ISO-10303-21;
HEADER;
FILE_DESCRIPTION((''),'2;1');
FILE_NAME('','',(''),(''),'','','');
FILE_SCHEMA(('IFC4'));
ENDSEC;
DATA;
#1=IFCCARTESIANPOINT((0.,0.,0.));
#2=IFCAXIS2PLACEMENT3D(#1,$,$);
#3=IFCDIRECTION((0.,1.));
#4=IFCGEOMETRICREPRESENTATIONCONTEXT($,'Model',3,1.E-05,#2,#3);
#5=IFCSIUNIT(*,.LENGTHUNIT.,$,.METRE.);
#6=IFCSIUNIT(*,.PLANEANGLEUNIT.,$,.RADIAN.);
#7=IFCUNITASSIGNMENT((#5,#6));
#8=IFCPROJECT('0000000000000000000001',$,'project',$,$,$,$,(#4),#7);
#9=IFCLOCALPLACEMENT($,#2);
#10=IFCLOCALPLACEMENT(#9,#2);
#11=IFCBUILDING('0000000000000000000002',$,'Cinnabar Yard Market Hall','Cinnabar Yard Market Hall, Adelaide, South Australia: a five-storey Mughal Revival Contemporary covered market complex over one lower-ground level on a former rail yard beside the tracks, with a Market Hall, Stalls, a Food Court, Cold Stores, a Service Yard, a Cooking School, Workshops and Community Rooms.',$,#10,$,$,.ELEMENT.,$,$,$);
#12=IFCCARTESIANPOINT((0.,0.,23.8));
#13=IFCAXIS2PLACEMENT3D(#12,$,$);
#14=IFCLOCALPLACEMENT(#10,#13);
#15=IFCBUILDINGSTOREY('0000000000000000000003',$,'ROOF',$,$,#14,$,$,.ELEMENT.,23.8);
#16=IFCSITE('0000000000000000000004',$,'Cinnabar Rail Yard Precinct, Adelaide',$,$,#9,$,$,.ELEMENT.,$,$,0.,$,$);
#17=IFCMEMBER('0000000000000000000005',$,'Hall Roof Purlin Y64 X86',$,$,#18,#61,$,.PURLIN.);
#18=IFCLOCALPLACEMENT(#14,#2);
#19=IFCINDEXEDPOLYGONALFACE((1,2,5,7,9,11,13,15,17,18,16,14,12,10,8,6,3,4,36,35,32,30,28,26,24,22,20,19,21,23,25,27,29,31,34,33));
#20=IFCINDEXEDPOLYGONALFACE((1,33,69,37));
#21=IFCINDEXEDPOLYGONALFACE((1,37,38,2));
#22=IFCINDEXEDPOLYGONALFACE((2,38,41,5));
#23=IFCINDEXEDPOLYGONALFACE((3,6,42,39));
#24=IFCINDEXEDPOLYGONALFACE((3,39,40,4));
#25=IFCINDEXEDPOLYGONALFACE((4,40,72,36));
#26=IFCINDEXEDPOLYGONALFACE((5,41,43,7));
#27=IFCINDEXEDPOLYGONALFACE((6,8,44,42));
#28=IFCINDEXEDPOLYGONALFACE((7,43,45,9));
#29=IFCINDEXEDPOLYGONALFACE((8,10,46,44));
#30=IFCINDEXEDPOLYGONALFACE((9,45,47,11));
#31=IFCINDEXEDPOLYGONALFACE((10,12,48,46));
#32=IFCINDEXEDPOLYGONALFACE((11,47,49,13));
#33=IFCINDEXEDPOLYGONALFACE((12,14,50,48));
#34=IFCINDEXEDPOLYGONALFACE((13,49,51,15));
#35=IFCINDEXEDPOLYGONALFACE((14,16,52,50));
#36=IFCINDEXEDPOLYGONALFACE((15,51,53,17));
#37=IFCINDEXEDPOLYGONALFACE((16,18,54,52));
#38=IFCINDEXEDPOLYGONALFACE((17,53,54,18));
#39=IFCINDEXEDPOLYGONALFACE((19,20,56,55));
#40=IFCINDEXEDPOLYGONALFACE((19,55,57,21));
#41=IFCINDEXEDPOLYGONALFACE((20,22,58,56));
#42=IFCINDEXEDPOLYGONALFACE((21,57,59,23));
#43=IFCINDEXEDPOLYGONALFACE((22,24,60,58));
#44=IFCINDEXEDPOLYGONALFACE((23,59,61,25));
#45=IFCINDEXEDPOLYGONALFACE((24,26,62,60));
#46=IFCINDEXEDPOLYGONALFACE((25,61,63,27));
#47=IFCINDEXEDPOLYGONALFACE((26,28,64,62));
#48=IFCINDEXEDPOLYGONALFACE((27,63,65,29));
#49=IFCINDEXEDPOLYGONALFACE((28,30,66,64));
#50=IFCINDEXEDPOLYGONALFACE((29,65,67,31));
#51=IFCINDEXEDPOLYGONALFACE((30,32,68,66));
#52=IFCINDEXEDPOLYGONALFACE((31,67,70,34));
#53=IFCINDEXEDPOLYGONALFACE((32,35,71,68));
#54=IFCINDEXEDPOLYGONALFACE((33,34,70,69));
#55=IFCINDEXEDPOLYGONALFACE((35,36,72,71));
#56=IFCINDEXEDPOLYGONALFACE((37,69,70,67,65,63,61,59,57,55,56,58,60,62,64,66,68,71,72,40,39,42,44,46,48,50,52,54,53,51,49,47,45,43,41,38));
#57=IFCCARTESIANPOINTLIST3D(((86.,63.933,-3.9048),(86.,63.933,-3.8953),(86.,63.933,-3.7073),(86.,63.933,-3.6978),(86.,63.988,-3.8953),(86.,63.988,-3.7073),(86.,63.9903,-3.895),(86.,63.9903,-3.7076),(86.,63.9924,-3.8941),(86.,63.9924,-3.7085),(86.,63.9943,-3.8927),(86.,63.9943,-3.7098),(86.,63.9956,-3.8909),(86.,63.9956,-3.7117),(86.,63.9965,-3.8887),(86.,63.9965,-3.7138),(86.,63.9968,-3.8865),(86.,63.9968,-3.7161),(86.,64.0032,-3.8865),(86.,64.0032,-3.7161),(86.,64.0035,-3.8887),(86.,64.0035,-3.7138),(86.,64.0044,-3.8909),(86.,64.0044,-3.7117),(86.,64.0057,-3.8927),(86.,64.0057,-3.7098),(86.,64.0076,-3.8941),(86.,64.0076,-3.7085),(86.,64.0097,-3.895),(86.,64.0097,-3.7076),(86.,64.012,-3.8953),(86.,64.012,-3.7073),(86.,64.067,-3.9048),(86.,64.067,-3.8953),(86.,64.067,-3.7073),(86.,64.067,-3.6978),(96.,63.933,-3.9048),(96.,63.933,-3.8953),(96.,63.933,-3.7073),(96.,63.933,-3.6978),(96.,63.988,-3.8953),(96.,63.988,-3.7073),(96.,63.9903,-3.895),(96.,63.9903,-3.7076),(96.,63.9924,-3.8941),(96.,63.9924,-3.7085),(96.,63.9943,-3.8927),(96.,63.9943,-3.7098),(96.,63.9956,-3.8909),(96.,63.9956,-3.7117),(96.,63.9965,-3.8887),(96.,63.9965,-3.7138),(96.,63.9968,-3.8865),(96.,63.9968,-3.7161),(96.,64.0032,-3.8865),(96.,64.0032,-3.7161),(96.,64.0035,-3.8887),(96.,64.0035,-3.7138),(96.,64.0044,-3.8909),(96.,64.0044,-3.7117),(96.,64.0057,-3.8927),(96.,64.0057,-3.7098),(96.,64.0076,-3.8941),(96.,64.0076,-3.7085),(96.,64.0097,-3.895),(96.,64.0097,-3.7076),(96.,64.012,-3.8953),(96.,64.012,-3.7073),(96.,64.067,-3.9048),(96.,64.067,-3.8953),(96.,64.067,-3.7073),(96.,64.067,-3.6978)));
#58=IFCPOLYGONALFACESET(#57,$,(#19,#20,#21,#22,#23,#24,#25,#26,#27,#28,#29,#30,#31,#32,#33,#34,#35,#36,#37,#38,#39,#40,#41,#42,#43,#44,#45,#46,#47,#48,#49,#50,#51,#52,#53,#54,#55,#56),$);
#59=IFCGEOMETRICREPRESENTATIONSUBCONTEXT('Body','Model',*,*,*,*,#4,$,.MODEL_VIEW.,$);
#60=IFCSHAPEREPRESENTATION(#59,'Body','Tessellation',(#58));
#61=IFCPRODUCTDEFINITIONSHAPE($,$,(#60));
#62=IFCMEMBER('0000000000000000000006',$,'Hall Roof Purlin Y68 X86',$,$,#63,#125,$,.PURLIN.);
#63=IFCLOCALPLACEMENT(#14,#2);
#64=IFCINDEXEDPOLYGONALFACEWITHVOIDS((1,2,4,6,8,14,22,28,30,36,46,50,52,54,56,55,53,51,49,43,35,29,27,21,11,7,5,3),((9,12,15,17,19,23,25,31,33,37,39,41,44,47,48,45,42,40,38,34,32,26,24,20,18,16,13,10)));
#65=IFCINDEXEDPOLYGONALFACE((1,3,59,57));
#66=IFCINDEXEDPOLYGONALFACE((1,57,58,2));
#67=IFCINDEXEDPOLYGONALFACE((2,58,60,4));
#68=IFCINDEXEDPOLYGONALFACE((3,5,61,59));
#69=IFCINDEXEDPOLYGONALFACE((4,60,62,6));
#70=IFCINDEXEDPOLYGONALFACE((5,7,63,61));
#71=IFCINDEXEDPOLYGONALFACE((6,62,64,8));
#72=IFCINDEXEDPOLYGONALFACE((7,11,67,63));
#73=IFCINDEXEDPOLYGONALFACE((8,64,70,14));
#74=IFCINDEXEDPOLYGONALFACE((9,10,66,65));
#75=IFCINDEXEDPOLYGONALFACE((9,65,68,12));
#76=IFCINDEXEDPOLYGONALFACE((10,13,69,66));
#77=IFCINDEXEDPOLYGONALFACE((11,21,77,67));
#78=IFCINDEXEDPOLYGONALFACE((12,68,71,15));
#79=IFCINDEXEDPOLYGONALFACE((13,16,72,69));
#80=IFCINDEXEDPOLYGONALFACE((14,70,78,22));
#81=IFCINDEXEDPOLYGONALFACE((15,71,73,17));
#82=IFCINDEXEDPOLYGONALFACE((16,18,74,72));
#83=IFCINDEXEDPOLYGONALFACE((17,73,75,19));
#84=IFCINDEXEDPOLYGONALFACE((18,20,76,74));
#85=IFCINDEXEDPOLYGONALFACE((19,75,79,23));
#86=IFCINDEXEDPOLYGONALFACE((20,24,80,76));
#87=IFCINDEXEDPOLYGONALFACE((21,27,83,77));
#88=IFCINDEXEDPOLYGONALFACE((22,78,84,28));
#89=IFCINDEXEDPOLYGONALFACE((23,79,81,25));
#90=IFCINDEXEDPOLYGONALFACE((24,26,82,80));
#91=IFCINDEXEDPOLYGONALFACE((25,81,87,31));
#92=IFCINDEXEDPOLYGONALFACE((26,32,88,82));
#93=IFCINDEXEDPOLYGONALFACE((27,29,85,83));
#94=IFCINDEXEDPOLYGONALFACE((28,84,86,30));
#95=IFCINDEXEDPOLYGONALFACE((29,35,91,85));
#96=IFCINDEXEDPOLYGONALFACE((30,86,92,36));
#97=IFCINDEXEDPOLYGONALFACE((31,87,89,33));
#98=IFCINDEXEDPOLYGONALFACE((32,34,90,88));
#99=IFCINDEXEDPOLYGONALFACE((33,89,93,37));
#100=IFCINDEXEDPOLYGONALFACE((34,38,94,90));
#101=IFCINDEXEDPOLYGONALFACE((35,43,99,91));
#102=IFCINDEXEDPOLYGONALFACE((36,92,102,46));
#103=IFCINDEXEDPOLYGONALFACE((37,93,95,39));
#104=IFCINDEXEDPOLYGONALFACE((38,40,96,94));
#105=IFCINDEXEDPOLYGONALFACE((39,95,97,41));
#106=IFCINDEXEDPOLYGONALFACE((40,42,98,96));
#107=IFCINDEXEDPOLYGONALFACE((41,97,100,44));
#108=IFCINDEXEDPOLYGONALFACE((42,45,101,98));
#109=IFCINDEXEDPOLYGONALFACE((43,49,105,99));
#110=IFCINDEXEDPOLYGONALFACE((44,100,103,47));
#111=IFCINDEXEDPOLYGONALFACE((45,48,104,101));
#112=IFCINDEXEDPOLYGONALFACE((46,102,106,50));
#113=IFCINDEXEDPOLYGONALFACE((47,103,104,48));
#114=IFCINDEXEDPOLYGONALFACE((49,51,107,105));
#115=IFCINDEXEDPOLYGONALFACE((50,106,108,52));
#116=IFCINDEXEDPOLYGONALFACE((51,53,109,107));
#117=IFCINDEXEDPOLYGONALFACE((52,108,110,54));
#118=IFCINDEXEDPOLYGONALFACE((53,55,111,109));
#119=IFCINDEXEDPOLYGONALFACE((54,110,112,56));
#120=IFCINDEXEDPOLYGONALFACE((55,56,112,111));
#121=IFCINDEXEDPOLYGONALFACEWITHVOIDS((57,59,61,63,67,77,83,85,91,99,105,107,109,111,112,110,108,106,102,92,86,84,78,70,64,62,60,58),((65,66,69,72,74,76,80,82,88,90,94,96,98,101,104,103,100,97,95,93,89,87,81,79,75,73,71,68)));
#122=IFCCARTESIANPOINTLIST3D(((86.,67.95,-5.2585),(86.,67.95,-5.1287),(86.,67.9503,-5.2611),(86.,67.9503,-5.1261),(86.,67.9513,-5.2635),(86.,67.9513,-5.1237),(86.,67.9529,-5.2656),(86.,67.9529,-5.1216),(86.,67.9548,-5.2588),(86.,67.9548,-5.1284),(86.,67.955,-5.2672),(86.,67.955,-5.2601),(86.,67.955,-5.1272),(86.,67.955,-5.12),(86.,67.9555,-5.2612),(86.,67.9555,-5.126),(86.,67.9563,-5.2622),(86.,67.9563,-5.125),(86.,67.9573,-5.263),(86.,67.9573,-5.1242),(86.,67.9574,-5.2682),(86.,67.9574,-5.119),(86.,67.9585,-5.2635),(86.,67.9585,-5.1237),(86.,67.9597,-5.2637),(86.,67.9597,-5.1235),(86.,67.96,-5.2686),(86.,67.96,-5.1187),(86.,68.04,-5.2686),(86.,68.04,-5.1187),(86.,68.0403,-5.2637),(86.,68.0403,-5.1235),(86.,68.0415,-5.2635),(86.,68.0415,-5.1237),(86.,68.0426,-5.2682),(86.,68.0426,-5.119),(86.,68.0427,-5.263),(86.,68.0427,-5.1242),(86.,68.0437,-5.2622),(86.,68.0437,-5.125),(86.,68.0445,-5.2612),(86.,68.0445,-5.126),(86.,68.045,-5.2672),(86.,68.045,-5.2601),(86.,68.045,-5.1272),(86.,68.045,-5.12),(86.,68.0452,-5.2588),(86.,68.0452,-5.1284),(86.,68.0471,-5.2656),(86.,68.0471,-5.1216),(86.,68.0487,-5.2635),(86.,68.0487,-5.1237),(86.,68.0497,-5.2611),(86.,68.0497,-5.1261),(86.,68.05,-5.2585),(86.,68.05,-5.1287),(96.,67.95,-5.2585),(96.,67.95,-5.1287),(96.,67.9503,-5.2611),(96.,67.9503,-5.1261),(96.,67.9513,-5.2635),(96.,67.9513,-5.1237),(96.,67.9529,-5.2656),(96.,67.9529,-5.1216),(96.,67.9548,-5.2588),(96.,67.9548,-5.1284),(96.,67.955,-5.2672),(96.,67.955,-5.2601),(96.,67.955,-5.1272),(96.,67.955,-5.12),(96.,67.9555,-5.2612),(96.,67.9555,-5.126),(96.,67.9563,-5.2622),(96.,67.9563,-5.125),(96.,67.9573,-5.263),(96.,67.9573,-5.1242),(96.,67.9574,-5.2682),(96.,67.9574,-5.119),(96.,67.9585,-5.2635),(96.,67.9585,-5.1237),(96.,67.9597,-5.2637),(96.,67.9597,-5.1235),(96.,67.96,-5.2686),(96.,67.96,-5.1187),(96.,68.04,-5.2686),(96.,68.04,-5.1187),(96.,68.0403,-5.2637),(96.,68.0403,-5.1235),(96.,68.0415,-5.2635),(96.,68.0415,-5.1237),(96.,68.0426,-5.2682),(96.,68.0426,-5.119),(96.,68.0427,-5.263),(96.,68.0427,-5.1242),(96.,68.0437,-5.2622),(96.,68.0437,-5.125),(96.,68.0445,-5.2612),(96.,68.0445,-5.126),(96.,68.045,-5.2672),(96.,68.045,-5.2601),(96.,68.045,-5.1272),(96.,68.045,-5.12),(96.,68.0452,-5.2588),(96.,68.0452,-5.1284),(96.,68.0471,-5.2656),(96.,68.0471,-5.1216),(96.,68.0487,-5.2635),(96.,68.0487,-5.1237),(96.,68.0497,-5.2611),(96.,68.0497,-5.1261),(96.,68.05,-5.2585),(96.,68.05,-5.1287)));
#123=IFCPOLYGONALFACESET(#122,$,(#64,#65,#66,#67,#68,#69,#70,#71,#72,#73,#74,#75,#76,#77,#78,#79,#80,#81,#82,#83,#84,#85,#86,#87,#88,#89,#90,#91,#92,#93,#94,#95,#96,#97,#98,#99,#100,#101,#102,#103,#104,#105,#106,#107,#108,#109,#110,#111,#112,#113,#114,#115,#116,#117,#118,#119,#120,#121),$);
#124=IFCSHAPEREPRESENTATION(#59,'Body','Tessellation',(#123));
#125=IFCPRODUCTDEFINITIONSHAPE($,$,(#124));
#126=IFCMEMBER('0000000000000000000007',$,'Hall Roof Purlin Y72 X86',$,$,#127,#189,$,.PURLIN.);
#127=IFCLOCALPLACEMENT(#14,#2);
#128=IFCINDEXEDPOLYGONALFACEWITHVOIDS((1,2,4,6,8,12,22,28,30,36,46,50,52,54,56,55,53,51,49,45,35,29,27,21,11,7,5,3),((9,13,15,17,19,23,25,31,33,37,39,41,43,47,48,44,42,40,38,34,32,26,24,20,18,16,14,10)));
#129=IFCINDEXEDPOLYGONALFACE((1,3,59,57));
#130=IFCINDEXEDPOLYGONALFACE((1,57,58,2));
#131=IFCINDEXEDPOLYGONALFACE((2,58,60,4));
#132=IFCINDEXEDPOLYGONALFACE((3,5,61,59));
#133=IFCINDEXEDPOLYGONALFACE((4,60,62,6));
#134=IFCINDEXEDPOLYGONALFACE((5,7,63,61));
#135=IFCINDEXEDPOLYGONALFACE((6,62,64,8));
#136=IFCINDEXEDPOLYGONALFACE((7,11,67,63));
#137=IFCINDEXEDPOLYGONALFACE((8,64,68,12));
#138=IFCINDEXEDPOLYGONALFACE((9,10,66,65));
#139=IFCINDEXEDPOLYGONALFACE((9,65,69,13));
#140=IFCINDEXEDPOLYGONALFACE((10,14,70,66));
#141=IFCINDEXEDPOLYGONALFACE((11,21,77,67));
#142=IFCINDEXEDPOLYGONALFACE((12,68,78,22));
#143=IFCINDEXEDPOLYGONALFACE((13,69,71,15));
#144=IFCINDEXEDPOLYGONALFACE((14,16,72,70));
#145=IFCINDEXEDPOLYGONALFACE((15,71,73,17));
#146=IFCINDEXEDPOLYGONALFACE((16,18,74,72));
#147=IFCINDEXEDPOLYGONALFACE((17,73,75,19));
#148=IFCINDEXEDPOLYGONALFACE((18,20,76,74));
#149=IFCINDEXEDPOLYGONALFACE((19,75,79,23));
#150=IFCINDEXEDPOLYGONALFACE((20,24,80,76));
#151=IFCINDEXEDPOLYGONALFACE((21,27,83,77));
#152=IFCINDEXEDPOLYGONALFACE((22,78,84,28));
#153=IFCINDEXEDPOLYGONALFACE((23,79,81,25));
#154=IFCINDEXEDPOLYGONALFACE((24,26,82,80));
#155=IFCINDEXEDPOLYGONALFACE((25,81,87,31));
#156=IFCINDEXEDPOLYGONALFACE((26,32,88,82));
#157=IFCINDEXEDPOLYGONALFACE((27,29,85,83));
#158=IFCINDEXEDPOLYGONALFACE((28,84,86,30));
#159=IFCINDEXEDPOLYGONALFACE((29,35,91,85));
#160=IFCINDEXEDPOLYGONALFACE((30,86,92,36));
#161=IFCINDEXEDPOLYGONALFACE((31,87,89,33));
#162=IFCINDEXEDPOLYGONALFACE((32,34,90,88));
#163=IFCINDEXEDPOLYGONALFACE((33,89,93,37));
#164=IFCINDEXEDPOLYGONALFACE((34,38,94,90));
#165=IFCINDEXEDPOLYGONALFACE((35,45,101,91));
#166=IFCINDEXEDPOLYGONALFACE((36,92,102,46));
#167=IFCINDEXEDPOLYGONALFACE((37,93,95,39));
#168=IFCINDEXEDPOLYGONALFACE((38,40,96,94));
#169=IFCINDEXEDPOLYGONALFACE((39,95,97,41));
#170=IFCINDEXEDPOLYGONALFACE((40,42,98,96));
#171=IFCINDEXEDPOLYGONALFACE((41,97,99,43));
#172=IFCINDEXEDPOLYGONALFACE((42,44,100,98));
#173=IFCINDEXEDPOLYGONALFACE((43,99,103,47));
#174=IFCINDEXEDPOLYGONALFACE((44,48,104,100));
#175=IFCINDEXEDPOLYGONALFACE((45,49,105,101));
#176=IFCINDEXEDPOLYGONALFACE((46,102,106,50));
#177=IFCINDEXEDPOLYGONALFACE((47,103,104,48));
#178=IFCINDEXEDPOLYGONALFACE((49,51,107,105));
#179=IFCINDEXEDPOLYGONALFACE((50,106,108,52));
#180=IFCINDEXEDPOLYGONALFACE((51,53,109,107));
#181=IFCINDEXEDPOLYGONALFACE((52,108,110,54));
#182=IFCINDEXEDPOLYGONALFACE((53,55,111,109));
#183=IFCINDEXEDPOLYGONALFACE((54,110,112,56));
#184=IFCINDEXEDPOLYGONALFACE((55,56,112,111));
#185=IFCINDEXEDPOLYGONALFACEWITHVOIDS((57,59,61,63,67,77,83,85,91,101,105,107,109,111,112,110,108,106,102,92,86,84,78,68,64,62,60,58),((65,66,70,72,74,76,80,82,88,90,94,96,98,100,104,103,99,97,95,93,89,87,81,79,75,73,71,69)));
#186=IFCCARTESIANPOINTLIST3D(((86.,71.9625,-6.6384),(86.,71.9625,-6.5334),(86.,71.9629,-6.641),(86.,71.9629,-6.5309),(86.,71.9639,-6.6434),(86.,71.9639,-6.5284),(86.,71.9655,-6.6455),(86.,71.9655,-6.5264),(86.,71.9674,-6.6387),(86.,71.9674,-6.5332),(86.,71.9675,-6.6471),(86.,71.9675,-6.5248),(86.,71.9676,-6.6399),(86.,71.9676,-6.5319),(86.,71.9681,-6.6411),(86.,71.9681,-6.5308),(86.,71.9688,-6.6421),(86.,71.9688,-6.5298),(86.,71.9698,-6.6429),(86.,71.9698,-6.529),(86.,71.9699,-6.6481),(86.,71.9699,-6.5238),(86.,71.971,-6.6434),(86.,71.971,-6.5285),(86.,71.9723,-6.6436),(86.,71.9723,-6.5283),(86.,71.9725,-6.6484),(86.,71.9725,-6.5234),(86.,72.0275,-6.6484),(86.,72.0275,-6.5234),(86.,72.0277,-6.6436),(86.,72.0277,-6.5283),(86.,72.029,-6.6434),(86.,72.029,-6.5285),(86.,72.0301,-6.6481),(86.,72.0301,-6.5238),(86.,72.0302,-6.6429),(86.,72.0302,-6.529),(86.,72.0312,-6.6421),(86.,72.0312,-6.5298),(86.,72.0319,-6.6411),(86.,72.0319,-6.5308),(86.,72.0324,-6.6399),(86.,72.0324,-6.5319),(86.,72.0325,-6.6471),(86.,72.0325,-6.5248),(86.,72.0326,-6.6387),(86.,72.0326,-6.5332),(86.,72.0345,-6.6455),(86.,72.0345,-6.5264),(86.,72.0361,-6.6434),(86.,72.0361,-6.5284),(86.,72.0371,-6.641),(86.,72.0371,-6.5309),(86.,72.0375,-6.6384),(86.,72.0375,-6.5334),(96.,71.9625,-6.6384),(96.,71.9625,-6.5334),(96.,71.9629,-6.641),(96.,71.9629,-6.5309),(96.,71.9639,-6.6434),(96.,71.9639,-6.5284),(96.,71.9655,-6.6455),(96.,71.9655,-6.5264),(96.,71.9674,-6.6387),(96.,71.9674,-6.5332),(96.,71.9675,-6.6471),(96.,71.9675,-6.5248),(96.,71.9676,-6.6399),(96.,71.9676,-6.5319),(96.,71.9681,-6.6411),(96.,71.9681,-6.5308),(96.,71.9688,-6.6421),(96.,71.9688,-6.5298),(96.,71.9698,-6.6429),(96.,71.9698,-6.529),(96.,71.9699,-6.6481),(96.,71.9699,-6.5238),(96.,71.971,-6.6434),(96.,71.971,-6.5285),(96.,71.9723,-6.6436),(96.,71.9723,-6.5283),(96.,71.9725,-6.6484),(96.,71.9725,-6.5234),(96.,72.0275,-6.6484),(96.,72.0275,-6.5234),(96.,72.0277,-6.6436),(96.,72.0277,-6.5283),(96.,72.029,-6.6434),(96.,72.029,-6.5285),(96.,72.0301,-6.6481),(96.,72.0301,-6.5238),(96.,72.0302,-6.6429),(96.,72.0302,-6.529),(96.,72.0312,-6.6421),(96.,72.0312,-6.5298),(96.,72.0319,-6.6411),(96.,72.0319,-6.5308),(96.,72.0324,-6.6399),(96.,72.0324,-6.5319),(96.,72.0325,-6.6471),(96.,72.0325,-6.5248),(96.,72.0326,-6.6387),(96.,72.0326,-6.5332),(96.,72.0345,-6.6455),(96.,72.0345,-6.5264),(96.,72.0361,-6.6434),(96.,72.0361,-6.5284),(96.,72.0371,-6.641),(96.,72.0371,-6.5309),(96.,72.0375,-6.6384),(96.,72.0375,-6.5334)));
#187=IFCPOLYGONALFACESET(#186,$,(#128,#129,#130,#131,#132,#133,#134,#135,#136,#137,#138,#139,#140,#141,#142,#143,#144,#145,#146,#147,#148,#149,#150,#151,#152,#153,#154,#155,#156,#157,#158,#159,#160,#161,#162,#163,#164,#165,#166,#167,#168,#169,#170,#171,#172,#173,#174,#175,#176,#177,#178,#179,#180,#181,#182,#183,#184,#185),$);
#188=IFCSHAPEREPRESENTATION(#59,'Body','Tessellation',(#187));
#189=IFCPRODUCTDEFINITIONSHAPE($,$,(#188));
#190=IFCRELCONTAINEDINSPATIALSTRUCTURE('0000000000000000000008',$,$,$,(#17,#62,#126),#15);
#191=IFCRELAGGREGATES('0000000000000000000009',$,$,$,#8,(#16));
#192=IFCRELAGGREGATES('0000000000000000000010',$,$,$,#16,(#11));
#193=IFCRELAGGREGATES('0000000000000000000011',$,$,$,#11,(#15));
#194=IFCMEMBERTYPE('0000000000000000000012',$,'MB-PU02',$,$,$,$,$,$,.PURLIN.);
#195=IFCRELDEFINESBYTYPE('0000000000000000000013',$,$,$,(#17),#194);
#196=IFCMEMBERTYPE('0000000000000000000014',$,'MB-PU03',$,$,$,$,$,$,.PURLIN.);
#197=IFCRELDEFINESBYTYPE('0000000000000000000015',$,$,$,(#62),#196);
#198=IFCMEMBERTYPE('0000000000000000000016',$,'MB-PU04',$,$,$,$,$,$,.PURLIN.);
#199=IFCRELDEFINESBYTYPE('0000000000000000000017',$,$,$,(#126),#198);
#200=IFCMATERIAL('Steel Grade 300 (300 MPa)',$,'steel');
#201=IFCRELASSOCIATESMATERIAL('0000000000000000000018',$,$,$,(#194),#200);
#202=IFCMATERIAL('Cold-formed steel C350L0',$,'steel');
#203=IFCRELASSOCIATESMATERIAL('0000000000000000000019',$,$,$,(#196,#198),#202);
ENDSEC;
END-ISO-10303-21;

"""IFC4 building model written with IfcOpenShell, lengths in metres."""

from ifc_helpers import new_model, si_unit, direction, frame, origin, origin_2d_with_axis, place, context, subcontext, project, spatial, hollow_rectangle, i_section, extrude, material, material_profile, profile_set, type_object, element, save


model = new_model("IFC4")

# Units and contexts
model_context = context("Model", 3, precision=1e-05, world=origin(), true_north=direction((0.0, 1.0)))
body_context = subcontext(model_context, "Body", "Model", "MODEL_VIEW")
ifc_project = project(units=[si_unit("LENGTHUNIT", "METRE"), si_unit("PLANEANGLEUNIT", "RADIAN")], contexts=[model_context])

# Site, building, storey
site_placement = place(None, origin())
site = spatial("IfcSite", under=ifc_project, at=site_placement, Name="Cinnabar Rail Yard Precinct, Adelaide", CompositionType="ELEMENT", RefElevation=0.0)
building_placement = place(site_placement, origin())
building = spatial("IfcBuilding", under=site, at=building_placement, Name="Cinnabar Yard Market Hall", Description="Cinnabar Yard Market Hall, Adelaide, South Australia: a five-storey Mughal Revival Contemporary covered market complex over one lower-ground level on a former rail yard beside the tracks, with a Market Hall, Stalls, a Food Court, Cold Stores, a Service Yard, a Cooking School, Workshops and Community Rooms.", CompositionType="ELEMENT")
storey_placement = place(building_placement, frame((0.0, 0.0, 23.8)))
storey = spatial("IfcBuildingStorey", under=building, at=storey_placement, Name="ROOF", CompositionType="ELEMENT", Elevation=23.8)

# Shared definitions
ifc_material_1 = material(Name="Steel Grade 300 (300 MPa)", Category="steel")
ifc_material_2 = material(Name="Cold-formed steel C350L0", Category="steel")

# Members
ifc_material_profile_1 = material_profile(ifc_material_1, i_section(OverallWidth=0.134, OverallDepth=0.207, WebThickness=0.0063, FlangeThickness=0.0095, FilletRadius=0.0088, at=origin_2d_with_axis()), Name="200UB29.8")
ifc_profile_set_1 = profile_set([ifc_material_profile_1], Name="Steel Grade 300 (300 MPa)")
member_type_1 = type_object("IfcMemberType", Name="MB-PU02", PredefinedType="PURLIN", material=ifc_profile_set_1)
member_1_placement = place(storey_placement, frame((86.0, 64.0, -3.8013), z_axis=(1.0, 0.0, 0.0), x_axis=(0.0, 1.0, 0.0)))
element("IfcMember", 1, at=member_1_placement, inside=storey, type_object=member_type_1, Name="Hall Roof Purlin Y64 X86", PredefinedType="PURLIN", context=body_context, shape_type="SweptSolid", body=[
    extrude(i_section(OverallWidth=0.134, OverallDepth=0.207, WebThickness=0.0063, FlangeThickness=0.0095, FilletRadius=0.0088, at=origin_2d_with_axis()), origin(), (0.0, 0.0, 1.0), 10.0),
])
ifc_material_profile_2 = material_profile(ifc_material_2, hollow_rectangle(XDim=0.1001, YDim=0.1499, WallThickness=0.0049, InnerFilletRadius=0.0049, OuterFilletRadius=0.01, at=origin_2d_with_axis()), Name="150x100x5.0RHS")
ifc_profile_set_2 = profile_set([ifc_material_profile_2], Name="Cold-formed steel C350L0")
member_type_2 = type_object("IfcMemberType", Name="MB-PU03", PredefinedType="PURLIN", material=ifc_profile_set_2)
member_2_placement = place(storey_placement, frame((86.0, 68.0, -5.1936), z_axis=(1.0, 0.0, 0.0), x_axis=(0.0, 1.0, 0.0)))
element("IfcMember", 2, at=member_2_placement, inside=storey, type_object=member_type_2, Name="Hall Roof Purlin Y68 X86", PredefinedType="PURLIN", context=body_context, shape_type="SweptSolid", body=[
    extrude(hollow_rectangle(XDim=0.1001, YDim=0.1499, WallThickness=0.0049, InnerFilletRadius=0.0049, OuterFilletRadius=0.01, at=origin_2d_with_axis()), origin(), (0.0, 0.0, 1.0), 10.0),
])
ifc_material_profile_3 = material_profile(ifc_material_2, hollow_rectangle(XDim=0.075, YDim=0.125, WallThickness=0.0049, InnerFilletRadius=0.0049, OuterFilletRadius=0.01, at=origin_2d_with_axis()), Name="125x75x5.0RHS")
ifc_profile_set_3 = profile_set([ifc_material_profile_3], Name="Cold-formed steel C350L0")
member_type_3 = type_object("IfcMemberType", Name="MB-PU04", PredefinedType="PURLIN", material=ifc_profile_set_3)
member_3_placement = place(storey_placement, frame((86.0, 72.0, -6.5859), z_axis=(1.0, 0.0, 0.0), x_axis=(0.0, 1.0, 0.0)))
element("IfcMember", 3, at=member_3_placement, inside=storey, type_object=member_type_3, Name="Hall Roof Purlin Y72 X86", PredefinedType="PURLIN", context=body_context, shape_type="SweptSolid", body=[
    extrude(hollow_rectangle(XDim=0.075, YDim=0.125, WallThickness=0.0049, InnerFilletRadius=0.0049, OuterFilletRadius=0.01, at=origin_2d_with_axis()), origin(), (0.0, 0.0, 1.0), 10.0),
])

save(model, "model.ifc")
